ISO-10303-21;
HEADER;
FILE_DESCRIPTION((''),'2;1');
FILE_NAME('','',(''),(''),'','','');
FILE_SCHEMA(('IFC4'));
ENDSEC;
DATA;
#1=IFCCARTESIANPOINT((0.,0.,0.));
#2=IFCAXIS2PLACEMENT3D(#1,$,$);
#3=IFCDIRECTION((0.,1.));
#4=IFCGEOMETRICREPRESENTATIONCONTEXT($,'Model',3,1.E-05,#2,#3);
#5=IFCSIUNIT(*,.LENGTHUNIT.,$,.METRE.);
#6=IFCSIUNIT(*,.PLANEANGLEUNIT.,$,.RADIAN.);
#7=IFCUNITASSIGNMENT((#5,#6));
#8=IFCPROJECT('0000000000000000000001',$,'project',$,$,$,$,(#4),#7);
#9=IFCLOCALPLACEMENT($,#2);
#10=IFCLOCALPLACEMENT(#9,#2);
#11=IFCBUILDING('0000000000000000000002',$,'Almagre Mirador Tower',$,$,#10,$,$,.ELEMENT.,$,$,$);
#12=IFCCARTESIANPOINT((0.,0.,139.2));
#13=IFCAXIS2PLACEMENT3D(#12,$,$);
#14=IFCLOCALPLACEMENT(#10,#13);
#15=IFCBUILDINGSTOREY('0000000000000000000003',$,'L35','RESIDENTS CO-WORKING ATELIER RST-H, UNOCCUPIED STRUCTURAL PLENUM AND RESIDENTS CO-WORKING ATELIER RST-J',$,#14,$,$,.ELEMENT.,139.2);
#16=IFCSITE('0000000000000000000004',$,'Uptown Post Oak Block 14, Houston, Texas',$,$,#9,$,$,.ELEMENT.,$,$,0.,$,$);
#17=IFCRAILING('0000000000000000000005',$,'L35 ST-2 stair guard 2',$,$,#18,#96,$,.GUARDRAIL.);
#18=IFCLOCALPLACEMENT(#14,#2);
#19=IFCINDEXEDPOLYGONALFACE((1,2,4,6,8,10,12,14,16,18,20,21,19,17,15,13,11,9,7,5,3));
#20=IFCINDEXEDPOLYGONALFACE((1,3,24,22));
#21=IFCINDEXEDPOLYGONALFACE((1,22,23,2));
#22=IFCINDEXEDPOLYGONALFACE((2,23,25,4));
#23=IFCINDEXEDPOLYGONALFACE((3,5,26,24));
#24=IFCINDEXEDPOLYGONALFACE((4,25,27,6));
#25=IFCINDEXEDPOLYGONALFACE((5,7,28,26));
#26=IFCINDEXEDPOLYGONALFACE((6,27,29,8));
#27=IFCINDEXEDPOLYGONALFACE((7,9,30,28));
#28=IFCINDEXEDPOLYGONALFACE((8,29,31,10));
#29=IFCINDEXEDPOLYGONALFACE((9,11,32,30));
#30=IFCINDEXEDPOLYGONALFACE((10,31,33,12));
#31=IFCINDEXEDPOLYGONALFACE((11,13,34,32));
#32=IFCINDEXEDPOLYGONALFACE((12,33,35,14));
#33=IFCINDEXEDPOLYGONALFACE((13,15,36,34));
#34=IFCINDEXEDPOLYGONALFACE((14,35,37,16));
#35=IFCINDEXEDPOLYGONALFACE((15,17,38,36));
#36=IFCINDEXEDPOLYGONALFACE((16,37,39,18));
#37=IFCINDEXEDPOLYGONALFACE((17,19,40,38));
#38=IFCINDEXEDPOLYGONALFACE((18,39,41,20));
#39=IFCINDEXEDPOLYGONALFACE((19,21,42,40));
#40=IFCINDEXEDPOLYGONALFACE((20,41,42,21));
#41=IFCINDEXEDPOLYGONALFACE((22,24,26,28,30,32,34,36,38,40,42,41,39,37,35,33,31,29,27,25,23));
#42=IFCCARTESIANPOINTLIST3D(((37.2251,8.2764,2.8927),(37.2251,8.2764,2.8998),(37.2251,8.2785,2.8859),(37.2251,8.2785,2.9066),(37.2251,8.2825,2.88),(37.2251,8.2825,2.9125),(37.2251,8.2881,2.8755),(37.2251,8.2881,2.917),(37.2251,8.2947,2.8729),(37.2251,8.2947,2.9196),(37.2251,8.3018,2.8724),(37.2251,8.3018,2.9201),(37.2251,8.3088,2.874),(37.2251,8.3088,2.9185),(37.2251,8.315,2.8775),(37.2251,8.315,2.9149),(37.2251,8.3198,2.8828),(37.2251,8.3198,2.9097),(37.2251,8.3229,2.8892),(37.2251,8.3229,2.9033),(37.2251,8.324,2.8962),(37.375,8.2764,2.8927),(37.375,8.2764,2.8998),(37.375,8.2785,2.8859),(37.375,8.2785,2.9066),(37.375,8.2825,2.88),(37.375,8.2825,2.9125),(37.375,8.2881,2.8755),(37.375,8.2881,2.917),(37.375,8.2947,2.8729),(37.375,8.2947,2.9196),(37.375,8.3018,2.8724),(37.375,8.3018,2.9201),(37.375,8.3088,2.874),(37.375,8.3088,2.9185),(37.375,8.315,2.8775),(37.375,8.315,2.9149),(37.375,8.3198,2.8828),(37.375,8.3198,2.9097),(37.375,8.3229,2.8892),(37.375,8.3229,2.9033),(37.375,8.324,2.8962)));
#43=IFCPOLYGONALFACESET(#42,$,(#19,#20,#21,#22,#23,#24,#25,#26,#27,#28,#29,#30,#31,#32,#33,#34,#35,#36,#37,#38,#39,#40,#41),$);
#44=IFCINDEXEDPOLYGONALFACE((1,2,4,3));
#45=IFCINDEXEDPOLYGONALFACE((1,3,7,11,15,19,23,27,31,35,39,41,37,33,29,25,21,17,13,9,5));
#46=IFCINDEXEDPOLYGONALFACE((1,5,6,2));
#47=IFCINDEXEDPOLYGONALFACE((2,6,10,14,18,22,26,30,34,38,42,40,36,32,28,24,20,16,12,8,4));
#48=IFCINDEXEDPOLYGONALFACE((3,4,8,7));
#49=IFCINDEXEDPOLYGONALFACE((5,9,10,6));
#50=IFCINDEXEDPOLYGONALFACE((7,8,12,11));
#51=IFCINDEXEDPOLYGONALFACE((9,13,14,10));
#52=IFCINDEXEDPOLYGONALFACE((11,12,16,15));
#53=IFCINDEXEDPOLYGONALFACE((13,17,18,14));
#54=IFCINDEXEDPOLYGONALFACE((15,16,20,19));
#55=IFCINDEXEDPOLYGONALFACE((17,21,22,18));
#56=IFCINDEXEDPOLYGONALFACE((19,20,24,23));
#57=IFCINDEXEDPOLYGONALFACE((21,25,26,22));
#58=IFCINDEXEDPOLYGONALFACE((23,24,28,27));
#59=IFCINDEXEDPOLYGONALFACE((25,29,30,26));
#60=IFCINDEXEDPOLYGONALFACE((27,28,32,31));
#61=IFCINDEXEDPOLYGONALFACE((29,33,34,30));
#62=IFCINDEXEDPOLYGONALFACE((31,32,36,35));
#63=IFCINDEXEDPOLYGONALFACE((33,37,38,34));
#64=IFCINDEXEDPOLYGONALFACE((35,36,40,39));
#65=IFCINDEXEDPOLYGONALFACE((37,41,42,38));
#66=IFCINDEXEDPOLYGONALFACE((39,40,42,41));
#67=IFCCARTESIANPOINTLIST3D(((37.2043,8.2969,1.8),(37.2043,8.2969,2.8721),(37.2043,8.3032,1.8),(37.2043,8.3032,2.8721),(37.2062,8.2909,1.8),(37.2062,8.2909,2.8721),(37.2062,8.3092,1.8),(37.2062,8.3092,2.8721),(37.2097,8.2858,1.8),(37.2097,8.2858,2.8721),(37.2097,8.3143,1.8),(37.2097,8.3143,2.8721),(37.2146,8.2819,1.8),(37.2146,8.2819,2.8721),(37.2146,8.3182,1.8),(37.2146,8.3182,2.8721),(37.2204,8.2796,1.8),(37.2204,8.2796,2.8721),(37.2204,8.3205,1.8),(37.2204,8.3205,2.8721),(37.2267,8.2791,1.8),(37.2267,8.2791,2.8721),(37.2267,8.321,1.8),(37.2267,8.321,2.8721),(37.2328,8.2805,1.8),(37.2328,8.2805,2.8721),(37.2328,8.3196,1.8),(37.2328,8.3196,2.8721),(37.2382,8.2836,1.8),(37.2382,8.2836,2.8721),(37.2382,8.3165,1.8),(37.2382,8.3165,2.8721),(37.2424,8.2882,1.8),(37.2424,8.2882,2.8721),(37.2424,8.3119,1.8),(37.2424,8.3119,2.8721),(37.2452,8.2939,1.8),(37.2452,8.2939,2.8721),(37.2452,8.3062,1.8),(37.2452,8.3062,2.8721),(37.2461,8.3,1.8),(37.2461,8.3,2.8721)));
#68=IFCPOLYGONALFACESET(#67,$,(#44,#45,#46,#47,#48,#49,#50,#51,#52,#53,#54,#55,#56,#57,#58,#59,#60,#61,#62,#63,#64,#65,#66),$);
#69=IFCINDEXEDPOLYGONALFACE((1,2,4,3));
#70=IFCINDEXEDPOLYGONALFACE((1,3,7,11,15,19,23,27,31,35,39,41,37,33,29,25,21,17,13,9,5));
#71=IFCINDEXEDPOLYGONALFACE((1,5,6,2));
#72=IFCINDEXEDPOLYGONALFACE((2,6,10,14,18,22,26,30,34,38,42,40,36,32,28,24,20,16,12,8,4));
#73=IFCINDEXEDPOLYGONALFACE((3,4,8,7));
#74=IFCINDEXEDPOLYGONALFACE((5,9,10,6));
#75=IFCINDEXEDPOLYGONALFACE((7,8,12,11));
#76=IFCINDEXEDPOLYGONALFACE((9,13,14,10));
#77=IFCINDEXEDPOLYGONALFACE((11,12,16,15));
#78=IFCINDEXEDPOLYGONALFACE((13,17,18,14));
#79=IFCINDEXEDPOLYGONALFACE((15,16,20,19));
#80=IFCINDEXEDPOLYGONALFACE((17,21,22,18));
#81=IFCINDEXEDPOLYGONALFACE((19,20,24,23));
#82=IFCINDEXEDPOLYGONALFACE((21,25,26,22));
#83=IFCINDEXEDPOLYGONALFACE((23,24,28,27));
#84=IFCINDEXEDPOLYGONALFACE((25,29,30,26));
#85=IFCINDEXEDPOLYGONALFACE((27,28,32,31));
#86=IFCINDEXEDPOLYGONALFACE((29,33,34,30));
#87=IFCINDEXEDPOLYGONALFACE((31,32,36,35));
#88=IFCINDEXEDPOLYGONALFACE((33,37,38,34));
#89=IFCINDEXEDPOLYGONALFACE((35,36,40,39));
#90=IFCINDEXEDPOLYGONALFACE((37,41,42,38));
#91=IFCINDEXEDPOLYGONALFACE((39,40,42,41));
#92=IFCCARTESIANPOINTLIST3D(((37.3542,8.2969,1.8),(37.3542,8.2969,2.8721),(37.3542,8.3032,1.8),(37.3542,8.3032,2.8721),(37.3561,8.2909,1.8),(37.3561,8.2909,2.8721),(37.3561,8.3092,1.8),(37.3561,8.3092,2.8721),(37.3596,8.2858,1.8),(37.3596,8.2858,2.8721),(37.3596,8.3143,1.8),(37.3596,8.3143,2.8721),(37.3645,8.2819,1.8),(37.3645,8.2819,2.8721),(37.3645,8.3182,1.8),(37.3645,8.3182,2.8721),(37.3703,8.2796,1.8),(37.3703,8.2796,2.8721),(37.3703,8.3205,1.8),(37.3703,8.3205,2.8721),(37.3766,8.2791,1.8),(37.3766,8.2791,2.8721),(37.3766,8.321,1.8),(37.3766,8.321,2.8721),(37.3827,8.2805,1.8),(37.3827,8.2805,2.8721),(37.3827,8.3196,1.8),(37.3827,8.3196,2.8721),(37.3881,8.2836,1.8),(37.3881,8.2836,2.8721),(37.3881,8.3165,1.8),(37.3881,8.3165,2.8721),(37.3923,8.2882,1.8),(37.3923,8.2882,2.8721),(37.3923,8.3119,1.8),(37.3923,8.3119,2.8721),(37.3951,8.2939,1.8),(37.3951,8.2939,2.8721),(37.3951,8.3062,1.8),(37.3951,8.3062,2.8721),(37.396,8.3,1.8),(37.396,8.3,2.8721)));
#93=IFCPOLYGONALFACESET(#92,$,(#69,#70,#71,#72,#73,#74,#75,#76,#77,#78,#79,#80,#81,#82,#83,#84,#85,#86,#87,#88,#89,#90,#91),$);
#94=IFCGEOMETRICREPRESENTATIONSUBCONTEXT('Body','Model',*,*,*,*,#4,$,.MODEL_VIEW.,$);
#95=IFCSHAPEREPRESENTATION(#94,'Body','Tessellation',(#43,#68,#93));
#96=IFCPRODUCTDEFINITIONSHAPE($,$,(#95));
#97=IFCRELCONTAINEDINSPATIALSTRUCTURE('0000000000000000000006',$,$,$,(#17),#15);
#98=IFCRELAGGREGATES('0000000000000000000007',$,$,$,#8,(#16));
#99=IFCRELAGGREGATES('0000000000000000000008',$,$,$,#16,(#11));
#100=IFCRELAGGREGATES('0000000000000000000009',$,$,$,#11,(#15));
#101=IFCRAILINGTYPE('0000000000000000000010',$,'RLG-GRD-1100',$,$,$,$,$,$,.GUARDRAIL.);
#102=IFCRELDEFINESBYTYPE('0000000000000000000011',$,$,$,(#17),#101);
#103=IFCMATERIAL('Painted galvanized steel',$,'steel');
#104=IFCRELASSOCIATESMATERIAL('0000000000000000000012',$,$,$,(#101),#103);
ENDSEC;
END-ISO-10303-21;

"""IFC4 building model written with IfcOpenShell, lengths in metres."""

from ifc_helpers import new_model, si_unit, direction, frame, origin, origin_2d, place, context, subcontext, project, spatial, circle, extrude, material, type_object, element, save


model = new_model("IFC4")

# Units and contexts
model_context = context("Model", 3, precision=1e-05, world=origin(), true_north=direction((0.0, 1.0)))
body_context = subcontext(model_context, "Body", "Model", "MODEL_VIEW")
ifc_project = project(units=[si_unit("LENGTHUNIT", "METRE"), si_unit("PLANEANGLEUNIT", "RADIAN")], contexts=[model_context])

# Site, building, storey
site_placement = place(None, origin())
site = spatial("IfcSite", under=ifc_project, at=site_placement, Name="Uptown Post Oak Block 14, Houston, Texas", CompositionType="ELEMENT", RefElevation=0.0)
building_placement = place(site_placement, origin())
building = spatial("IfcBuilding", under=site, at=building_placement, Name="Almagre Mirador Tower", CompositionType="ELEMENT")
storey_placement = place(building_placement, frame((0.0, 0.0, 139.2)))
storey = spatial("IfcBuildingStorey", under=building, at=storey_placement, Name="L35", Description="RESIDENTS CO-WORKING ATELIER RST-H, UNOCCUPIED STRUCTURAL PLENUM AND RESIDENTS CO-WORKING ATELIER RST-J", CompositionType="ELEMENT", Elevation=139.2)

# Railing
ifc_material_1 = material(Name="Painted galvanized steel", Category="steel")
railing_type_1 = type_object("IfcRailingType", Name="RLG-GRD-1100", PredefinedType="GUARDRAIL", material=ifc_material_1)
railing_1_placement = place(storey_placement, frame((37.2251, 8.3, 1.8)))
element("IfcRailing", 1, at=railing_1_placement, inside=storey, type_object=railing_type_1, Name="L35 ST-2 stair guard 2", PredefinedType="GUARDRAIL", context=body_context, shape_type="SweptSolid", body=[
    extrude(circle(Radius=0.0239, at=origin_2d()), frame((0.0, 0.0, 1.0962), z_axis=(1.0, 0.0, 0.0), x_axis=(0.0, 1.0, 0.0)), (0.0, 0.0, 1.0), 0.1499),
    extrude(circle(Radius=0.021, at=origin_2d()), origin(), (0.0, 0.0, 1.0), 1.072),
    extrude(circle(Radius=0.021, at=origin_2d()), frame((0.1499, 0.0, 0.0)), (0.0, 0.0, 1.0), 1.072),
])

save(model, "model.ifc")
